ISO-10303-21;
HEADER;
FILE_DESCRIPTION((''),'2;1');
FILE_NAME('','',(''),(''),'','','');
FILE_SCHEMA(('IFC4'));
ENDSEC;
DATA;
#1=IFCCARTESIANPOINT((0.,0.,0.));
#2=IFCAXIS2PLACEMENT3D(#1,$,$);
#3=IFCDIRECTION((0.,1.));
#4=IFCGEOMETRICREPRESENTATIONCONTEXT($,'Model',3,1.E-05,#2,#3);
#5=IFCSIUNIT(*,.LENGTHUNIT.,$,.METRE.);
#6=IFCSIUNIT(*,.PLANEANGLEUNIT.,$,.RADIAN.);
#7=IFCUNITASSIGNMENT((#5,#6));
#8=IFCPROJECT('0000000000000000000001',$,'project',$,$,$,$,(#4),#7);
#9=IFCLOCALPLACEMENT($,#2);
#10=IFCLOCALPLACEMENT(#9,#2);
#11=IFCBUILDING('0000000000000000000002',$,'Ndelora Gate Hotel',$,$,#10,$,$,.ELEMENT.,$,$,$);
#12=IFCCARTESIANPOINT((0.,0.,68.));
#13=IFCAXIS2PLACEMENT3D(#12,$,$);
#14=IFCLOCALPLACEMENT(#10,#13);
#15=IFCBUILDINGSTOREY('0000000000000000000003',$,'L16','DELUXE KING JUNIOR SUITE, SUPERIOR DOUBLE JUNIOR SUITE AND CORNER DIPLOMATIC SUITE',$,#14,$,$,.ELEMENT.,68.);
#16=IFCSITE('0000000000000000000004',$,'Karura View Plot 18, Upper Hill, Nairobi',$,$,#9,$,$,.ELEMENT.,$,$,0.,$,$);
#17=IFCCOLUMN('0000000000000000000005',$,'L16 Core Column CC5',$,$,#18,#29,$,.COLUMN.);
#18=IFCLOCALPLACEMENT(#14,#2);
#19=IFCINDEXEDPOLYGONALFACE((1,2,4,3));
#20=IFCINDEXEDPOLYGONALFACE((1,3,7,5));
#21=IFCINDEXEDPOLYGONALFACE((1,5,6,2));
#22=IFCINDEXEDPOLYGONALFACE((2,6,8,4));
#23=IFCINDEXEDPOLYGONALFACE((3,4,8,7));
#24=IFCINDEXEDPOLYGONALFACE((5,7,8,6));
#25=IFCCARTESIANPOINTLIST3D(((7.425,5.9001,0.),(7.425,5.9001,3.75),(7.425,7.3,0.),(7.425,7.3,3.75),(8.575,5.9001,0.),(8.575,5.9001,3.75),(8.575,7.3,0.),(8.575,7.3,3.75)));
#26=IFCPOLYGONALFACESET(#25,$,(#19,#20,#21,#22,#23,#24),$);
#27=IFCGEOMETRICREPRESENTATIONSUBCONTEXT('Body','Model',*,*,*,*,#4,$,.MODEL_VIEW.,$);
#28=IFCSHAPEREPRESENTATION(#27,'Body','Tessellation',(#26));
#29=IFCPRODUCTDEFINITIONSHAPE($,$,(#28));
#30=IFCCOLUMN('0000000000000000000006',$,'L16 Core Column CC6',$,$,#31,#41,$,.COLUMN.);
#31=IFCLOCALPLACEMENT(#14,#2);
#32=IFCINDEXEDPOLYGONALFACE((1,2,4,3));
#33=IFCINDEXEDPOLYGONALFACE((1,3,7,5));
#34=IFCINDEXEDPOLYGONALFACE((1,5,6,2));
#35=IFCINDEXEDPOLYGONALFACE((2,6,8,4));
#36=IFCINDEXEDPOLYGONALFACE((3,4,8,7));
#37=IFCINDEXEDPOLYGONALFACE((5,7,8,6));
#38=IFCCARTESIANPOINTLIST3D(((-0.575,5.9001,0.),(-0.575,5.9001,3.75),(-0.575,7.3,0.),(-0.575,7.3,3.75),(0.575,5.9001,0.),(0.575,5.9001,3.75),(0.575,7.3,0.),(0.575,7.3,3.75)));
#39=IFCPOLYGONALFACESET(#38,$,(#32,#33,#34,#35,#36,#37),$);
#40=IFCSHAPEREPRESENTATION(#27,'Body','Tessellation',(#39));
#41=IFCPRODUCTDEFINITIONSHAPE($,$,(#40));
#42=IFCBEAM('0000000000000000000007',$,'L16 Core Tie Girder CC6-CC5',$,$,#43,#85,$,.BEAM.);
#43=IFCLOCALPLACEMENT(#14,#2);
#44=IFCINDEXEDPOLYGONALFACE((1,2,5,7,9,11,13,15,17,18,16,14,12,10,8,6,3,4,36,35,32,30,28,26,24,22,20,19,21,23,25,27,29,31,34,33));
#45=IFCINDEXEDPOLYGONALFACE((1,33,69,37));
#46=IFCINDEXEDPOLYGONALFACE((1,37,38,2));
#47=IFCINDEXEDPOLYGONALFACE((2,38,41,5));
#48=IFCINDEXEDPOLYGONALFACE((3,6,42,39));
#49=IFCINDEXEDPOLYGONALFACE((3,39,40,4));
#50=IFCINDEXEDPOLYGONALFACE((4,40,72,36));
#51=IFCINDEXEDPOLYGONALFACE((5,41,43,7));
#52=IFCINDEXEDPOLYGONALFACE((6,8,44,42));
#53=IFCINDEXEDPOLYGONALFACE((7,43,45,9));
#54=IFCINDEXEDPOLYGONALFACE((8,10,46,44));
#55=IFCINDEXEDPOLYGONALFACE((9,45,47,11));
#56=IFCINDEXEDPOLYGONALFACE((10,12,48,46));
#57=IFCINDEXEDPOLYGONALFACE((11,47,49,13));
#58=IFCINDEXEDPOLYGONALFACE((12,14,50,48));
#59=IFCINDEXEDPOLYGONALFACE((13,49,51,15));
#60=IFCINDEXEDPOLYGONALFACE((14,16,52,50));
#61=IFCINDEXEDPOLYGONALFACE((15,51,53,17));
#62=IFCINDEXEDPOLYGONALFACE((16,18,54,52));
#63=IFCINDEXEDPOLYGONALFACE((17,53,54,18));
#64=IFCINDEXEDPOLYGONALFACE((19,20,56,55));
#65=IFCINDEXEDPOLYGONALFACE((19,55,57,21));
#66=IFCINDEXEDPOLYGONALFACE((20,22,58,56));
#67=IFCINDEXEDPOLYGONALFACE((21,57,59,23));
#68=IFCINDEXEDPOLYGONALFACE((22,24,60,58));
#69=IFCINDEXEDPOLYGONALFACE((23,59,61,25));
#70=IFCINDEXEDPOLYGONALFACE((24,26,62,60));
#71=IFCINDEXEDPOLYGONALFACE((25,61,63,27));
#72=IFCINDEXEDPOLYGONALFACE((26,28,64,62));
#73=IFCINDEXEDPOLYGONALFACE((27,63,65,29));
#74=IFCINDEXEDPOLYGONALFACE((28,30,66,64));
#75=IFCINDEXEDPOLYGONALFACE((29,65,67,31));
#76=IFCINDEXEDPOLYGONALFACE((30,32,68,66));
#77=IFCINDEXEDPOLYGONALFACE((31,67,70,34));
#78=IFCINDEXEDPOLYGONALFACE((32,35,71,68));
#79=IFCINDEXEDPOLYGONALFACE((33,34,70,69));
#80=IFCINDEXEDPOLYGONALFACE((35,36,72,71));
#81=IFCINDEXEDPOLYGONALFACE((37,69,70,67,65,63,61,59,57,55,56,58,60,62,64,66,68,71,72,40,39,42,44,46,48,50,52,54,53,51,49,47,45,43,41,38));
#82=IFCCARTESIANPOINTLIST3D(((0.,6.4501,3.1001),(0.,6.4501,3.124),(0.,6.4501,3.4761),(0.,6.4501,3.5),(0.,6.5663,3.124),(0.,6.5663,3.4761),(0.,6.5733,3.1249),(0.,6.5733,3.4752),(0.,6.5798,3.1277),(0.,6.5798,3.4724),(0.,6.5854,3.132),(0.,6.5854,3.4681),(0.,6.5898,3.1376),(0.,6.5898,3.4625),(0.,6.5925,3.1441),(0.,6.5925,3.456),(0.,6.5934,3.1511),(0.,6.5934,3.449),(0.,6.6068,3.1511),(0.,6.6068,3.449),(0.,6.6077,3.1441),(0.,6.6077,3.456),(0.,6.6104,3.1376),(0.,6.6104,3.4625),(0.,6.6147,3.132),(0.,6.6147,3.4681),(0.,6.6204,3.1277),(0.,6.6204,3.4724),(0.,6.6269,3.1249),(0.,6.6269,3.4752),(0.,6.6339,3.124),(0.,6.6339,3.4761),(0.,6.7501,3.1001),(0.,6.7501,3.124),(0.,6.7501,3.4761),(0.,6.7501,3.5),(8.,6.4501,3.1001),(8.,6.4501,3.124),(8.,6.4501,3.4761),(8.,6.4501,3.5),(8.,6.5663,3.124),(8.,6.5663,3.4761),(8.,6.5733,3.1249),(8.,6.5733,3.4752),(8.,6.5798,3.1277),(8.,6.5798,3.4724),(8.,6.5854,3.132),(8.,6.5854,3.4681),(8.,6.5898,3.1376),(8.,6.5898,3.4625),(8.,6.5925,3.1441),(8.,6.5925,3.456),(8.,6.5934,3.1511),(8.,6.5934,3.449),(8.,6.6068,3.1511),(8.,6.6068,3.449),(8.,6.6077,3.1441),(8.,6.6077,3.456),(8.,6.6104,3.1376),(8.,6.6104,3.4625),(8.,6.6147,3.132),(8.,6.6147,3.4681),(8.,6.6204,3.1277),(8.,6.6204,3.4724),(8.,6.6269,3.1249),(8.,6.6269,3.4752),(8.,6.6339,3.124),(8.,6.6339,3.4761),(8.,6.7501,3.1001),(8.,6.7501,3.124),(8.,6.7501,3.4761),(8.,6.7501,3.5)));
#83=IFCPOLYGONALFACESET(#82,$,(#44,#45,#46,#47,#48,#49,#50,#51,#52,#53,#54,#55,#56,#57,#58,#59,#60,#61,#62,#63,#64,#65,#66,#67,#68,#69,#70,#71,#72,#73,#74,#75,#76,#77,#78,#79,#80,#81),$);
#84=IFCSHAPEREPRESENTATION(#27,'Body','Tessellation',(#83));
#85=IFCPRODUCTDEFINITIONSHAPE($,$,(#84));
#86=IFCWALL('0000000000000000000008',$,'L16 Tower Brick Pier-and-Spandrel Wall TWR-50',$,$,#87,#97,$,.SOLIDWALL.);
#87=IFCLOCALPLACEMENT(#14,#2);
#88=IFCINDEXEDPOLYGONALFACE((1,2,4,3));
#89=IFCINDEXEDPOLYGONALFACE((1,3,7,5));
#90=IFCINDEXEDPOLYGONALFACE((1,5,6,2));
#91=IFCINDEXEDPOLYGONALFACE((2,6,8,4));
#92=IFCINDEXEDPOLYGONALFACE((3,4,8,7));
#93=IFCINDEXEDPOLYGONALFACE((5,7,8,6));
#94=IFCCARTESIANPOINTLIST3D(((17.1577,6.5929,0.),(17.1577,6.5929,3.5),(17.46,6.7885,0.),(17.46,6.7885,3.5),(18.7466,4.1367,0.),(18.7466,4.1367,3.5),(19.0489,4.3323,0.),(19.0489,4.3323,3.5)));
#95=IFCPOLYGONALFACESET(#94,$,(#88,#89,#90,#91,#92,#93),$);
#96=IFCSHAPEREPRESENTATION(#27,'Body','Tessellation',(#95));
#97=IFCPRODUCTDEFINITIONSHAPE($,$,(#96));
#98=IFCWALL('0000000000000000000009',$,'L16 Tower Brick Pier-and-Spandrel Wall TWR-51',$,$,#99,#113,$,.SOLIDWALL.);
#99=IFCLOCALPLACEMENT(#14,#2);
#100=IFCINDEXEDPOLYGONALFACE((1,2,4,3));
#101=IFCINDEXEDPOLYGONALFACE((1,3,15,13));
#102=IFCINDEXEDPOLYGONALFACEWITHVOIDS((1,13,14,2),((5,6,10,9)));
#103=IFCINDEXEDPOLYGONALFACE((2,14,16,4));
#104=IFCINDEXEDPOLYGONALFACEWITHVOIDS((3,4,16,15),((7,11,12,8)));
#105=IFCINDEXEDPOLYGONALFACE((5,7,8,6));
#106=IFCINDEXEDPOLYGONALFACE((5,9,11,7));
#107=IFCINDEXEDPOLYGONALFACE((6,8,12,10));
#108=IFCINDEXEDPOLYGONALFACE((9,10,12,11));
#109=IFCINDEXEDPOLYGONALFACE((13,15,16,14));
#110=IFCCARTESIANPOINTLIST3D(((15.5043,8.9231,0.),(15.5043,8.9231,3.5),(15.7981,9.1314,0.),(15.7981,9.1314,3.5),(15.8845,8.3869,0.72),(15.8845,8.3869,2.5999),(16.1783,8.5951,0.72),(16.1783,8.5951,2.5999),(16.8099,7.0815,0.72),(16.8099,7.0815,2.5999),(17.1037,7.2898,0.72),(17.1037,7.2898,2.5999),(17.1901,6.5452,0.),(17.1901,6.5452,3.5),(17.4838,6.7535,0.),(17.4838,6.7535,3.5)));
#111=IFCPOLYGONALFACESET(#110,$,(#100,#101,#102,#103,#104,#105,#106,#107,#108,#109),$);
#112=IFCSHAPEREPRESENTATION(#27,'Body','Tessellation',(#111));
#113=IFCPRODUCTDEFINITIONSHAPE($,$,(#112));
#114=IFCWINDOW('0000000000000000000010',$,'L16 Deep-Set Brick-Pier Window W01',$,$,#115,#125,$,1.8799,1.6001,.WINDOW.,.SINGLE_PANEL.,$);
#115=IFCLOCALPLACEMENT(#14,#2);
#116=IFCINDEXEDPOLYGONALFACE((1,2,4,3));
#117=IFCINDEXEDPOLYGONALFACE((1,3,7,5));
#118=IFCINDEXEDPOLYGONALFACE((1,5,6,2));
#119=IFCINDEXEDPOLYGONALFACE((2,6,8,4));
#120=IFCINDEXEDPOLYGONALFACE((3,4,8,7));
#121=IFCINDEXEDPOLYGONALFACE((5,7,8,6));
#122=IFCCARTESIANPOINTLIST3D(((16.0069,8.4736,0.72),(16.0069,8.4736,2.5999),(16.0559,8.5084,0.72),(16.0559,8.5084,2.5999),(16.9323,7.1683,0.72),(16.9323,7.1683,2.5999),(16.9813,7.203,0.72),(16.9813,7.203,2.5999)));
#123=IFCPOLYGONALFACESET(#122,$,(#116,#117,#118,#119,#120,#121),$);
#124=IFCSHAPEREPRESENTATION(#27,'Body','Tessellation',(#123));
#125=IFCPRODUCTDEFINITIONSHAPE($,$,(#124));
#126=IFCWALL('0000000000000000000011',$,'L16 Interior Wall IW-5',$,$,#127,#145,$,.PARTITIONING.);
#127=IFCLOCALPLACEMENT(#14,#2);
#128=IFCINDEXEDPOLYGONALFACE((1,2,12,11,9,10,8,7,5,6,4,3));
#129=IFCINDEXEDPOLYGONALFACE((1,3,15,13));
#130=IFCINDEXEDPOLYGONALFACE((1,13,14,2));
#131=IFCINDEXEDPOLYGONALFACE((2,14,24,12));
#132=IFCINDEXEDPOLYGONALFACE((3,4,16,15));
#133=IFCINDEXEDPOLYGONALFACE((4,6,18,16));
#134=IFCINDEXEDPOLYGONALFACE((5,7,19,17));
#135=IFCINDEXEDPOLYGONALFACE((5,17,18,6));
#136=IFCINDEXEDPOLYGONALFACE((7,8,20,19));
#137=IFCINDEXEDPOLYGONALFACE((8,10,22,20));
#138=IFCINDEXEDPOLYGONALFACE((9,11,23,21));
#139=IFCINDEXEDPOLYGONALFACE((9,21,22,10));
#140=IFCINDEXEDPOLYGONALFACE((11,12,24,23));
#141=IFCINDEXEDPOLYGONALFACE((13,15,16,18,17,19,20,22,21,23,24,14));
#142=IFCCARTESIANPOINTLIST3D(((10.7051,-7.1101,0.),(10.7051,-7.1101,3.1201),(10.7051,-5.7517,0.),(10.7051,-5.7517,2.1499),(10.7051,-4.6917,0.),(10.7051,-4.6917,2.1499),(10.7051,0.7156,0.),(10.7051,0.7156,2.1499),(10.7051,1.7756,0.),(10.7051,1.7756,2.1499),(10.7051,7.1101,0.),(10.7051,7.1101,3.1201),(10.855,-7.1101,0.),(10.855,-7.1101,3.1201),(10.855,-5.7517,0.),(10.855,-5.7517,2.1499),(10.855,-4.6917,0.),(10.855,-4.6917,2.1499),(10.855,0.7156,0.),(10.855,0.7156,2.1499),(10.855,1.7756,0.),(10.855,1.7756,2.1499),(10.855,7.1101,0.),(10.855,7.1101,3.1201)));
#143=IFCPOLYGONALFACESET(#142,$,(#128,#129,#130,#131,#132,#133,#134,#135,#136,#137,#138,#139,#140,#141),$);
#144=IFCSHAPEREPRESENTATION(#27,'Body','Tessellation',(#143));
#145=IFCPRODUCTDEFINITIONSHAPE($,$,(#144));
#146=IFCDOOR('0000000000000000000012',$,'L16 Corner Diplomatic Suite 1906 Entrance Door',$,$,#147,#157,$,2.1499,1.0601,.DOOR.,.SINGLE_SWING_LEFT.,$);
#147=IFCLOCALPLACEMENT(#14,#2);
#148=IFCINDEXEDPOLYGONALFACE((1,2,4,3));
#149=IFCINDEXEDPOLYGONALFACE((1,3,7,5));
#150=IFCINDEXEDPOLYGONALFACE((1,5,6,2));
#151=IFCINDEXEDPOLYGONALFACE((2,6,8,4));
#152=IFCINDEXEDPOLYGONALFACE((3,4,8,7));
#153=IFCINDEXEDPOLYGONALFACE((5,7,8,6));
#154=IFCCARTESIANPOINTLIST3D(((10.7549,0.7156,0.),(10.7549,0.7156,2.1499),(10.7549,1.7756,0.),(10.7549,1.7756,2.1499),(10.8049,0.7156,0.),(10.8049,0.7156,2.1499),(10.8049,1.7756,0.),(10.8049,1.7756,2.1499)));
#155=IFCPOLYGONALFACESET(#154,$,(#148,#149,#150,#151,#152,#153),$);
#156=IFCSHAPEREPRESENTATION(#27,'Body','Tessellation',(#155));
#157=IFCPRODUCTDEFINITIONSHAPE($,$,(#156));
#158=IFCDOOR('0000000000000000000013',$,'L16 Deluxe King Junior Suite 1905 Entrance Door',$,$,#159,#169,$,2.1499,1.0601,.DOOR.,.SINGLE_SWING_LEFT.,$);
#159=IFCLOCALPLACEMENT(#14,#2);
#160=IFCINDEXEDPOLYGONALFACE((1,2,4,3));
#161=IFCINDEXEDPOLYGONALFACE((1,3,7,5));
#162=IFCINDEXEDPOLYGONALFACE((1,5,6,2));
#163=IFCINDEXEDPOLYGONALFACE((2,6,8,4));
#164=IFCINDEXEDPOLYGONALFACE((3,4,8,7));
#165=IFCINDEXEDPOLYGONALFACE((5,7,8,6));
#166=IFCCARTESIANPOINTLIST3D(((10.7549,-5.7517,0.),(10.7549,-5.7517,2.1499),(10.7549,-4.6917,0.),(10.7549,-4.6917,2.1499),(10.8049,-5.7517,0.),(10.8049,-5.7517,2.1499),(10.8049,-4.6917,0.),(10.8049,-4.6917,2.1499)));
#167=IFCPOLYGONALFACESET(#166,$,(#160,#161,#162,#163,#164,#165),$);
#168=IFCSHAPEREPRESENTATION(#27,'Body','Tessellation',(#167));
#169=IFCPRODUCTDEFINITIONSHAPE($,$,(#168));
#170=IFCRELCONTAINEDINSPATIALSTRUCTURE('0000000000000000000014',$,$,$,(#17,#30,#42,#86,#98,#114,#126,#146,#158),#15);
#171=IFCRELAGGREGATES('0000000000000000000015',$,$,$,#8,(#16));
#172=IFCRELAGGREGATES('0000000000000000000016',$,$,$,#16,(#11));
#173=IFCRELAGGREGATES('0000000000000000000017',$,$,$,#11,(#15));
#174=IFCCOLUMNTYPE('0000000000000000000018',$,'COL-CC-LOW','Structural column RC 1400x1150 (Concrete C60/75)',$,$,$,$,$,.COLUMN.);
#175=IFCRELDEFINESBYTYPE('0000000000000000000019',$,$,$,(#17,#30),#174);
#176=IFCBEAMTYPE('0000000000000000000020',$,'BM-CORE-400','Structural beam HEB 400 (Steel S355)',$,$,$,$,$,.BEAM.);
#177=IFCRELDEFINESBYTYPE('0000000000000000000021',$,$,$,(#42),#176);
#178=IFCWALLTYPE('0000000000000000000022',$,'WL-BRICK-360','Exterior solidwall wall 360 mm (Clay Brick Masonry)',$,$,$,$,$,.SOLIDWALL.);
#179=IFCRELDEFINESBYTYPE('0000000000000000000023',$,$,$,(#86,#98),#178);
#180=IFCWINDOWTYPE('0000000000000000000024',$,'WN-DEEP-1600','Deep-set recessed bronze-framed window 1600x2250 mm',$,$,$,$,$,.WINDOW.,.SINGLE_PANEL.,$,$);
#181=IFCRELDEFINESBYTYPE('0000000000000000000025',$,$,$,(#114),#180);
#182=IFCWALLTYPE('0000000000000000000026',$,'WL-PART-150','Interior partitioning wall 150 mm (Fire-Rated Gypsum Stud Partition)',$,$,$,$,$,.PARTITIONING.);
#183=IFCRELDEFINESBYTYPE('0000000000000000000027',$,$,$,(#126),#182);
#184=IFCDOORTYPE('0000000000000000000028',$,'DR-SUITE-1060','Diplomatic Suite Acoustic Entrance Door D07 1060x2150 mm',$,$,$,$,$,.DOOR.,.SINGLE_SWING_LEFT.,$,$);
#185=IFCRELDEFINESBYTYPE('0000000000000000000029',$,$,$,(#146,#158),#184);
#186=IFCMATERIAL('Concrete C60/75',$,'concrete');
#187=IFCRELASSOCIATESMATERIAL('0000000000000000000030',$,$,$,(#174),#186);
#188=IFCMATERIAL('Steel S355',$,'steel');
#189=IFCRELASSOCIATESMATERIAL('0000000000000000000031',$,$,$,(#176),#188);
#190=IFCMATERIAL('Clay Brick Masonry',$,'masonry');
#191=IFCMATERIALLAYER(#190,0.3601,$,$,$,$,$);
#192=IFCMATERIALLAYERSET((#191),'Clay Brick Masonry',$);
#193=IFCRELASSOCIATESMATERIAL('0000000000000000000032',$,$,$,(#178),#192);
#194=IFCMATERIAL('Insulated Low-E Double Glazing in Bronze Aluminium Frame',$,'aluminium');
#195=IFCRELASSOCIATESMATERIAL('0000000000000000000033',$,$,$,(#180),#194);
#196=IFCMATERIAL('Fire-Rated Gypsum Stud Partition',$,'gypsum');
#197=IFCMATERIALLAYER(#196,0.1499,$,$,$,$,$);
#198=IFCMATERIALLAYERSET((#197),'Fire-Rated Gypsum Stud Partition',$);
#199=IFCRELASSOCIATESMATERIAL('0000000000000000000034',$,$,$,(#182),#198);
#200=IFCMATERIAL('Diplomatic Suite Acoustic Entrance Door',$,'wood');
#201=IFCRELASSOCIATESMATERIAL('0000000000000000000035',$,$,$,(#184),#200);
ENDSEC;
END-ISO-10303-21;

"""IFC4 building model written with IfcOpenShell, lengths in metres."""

from ifc_helpers import new_model, si_unit, direction, frame, frame_2d, origin, origin_2d, place, context, subcontext, project, spatial, rectangle, i_section, extrude, material, layer, layer_set, material_profile, profile_set, type_object, element, fill, save


model = new_model("IFC4")

# Units and contexts
model_context = context("Model", 3, precision=1e-05, world=origin(), true_north=direction((0.0, 1.0)))
body_context = subcontext(model_context, "Body", "Model", "MODEL_VIEW")
ifc_project = project(units=[si_unit("LENGTHUNIT", "METRE"), si_unit("PLANEANGLEUNIT", "RADIAN")], contexts=[model_context])

# Site, building, storey
site_placement = place(None, origin())
site = spatial("IfcSite", under=ifc_project, at=site_placement, Name="Karura View Plot 18, Upper Hill, Nairobi", CompositionType="ELEMENT", RefElevation=0.0)
building_placement = place(site_placement, origin())
building = spatial("IfcBuilding", under=site, at=building_placement, Name="Ndelora Gate Hotel", CompositionType="ELEMENT")
storey_placement = place(building_placement, frame((0.0, 0.0, 68.0)))
storey = spatial("IfcBuildingStorey", under=building, at=storey_placement, Name="L16", Description="DELUXE KING JUNIOR SUITE, SUPERIOR DOUBLE JUNIOR SUITE AND CORNER DIPLOMATIC SUITE", CompositionType="ELEMENT", Elevation=68.0)

# Columns
ifc_material_1 = material(Name="Concrete C60/75", Category="concrete")
ifc_material_profile_1 = material_profile(ifc_material_1, rectangle(XDim=1.1499, YDim=1.3999, at=origin_2d()), Name="RC 1400x1150")
ifc_profile_set_1 = profile_set([ifc_material_profile_1], Name="Concrete C60/75")
column_type = type_object("IfcColumnType", Name="COL-CC-LOW", Description="Structural column RC 1400x1150 (Concrete C60/75)", PredefinedType="COLUMN", material=ifc_profile_set_1)
for number, where, z_axis, x_axis, name in (
    (1, (8.0, 6.6001, 0.0), (0.0, 0.0, 1.0), (1.0, 0.0, 0.0), "L16 Core Column CC5"),
    (2, (0.0, 6.6001, 0.0), (0.0, 0.0, 1.0), (1.0, 0.0, 0.0), "L16 Core Column CC6"),
):
    element("IfcColumn", number, at=place(storey_placement, frame(where, z_axis=z_axis, x_axis=x_axis)), inside=storey, type_object=column_type, Name=name, PredefinedType="COLUMN", context=body_context, shape_type="SweptSolid", body=[
        extrude(rectangle(XDim=1.1499, YDim=1.3999, at=origin_2d()), origin(), (0.0, 0.0, 1.0), 3.75),
    ])

# Beam
ifc_material_2 = material(Name="Steel S355", Category="steel")
ifc_material_profile_2 = material_profile(ifc_material_2, i_section(OverallWidth=0.3, OverallDepth=0.3999, WebThickness=0.0134, FlangeThickness=0.0239, FilletRadius=0.0271, at=origin_2d()), Name="HEB 400")
ifc_profile_set_2 = profile_set([ifc_material_profile_2], Name="Steel S355")
beam_type = type_object("IfcBeamType", Name="BM-CORE-400", Description="Structural beam HEB 400 (Steel S355)", PredefinedType="BEAM", material=ifc_profile_set_2)
beam_placement = place(storey_placement, frame((0.0, 6.6001, 3.3), z_axis=(1.0, 0.0, 0.0), x_axis=(0.0, 1.0, 0.0)))
element("IfcBeam", 3, at=beam_placement, inside=storey, type_object=beam_type, Name="L16 Core Tie Girder CC6-CC5", PredefinedType="BEAM", context=body_context, shape_type="SweptSolid", body=[
    extrude(i_section(OverallWidth=0.3, OverallDepth=0.3999, WebThickness=0.0134, FlangeThickness=0.0239, FilletRadius=0.0271, at=origin_2d()), origin(), (0.0, 0.0, 1.0), 8.0),
])

# Wall
ifc_material_3 = material(Name="Clay Brick Masonry", Category="masonry")
ifc_layer_1 = layer(ifc_material_3, 0.3601)
ifc_layer_set_1 = layer_set([ifc_layer_1], Name="Clay Brick Masonry")
wall_type_1 = type_object("IfcWallType", Name="WL-BRICK-360", Description="Exterior solidwall wall 360 mm (Clay Brick Masonry)", PredefinedType="SOLIDWALL", material=ifc_layer_set_1)
wall_1_placement = place(storey_placement, frame((17.3088, 6.6907, 0.0), z_axis=(0.0, 0.0, 1.0), x_axis=(0.543168, -0.839624, 0.0)))
element("IfcWall", 4, at=wall_1_placement, inside=storey, type_object=wall_type_1, Name="L16 Tower Brick Pier-and-Spandrel Wall TWR-50", PredefinedType="SOLIDWALL", context=body_context, shape_type="SweptSolid", body=[
    extrude(rectangle(XDim=2.9253, YDim=0.3601, at=frame_2d((1.4626, 0.0))), origin(), (0.0, 0.0, 1.0), 3.5),
])

# Wall, opening, window
wall_2_placement = place(storey_placement, frame((15.6511, 9.0273, 0.0), z_axis=(0.0, 0.0, 1.0), x_axis=(0.578343, -0.815794, 0.0)))
wall_2 = element("IfcWall", 5, at=wall_2_placement, inside=storey, type_object=wall_type_1, Name="L16 Tower Brick Pier-and-Spandrel Wall TWR-51", PredefinedType="SOLIDWALL", context=body_context, shape_type="SweptSolid", body=[
    extrude(rectangle(XDim=2.9148, YDim=0.3601, at=frame_2d((1.4575, 0.0))), origin(), (0.0, 0.0, 1.0), 3.5),
])
opening_1_placement = place(wall_2_placement, frame((0.6575, 0.0, 0.72)))
opening_1 = element("IfcOpeningElement", 6, at=opening_1_placement, cuts=wall_2, PredefinedType="OPENING", context=body_context, shape_type="SweptSolid", body=[
    extrude(rectangle(XDim=1.6001, YDim=1.8799, at=frame_2d((0.8, 0.9399))), frame((0.0, 0.1899, 0.0), z_axis=(0.0, -1.0, 0.0), x_axis=(1.0, 0.0, 0.0)), (0.0, 0.0, 1.0), 0.3801),
])
ifc_material_4 = material(Name="Insulated Low-E Double Glazing in Bronze Aluminium Frame", Category="aluminium")
window_type = type_object("IfcWindowType", Name="WN-DEEP-1600", Description="Deep-set recessed bronze-framed window 1600x2250 mm", PartitioningType="SINGLE_PANEL", PredefinedType="WINDOW", material=ifc_material_4)
window_placement = place(opening_1_placement, origin())
window = element("IfcWindow", 7, at=window_placement, inside=storey, type_object=window_type, Name="L16 Deep-Set Brick-Pier Window W01", OverallHeight=1.8799, OverallWidth=1.6001, PartitioningType="SINGLE_PANEL", PredefinedType="WINDOW", context=body_context, shape_type="SweptSolid", body=[
    extrude(rectangle(XDim=1.6001, YDim=1.8799, at=frame_2d((0.8, 0.9399))), frame((0.0, 0.03, 0.0), z_axis=(0.0, -1.0, 0.0), x_axis=(1.0, 0.0, 0.0)), (0.0, 0.0, 1.0), 0.0601),
])
fill(opening_1, window)

# Wall, openings, doors
ifc_material_5 = material(Name="Fire-Rated Gypsum Stud Partition", Category="gypsum")
ifc_layer_2 = layer(ifc_material_5, 0.1499)
ifc_layer_set_2 = layer_set([ifc_layer_2], Name="Fire-Rated Gypsum Stud Partition")
wall_type_2 = type_object("IfcWallType", Name="WL-PART-150", Description="Interior partitioning wall 150 mm (Fire-Rated Gypsum Stud Partition)", PredefinedType="PARTITIONING", material=ifc_layer_set_2)
wall_3_placement = place(storey_placement, frame((10.78, 7.1101, 0.0), z_axis=(0.0, 0.0, 1.0), x_axis=(0.0, -1.0, 0.0)))
wall_3 = element("IfcWall", 8, at=wall_3_placement, inside=storey, type_object=wall_type_2, Name="L16 Interior Wall IW-5", PredefinedType="PARTITIONING", context=body_context, shape_type="SweptSolid", body=[
    extrude(rectangle(XDim=14.2202, YDim=0.1499, at=frame_2d((7.1101, 0.0))), origin(), (0.0, 0.0, 1.0), 3.1201),
])
opening_2_placement = place(wall_3_placement, frame((5.3345, 0.0, 0.0)))
opening_2 = element("IfcOpeningElement", 9, at=opening_2_placement, cuts=wall_3, PredefinedType="OPENING", context=body_context, shape_type="SweptSolid", body=[
    extrude(rectangle(XDim=1.0601, YDim=2.1499, at=frame_2d((0.53, 1.075))), frame((0.0, 0.085, 0.0), z_axis=(0.0, -1.0, 0.0), x_axis=(1.0, 0.0, 0.0)), (0.0, 0.0, 1.0), 0.1699),
])
opening_3_placement = place(wall_3_placement, frame((11.8018, 0.0, 0.0)))
opening_3 = element("IfcOpeningElement", 10, at=opening_3_placement, cuts=wall_3, PredefinedType="OPENING", context=body_context, shape_type="SweptSolid", body=[
    extrude(rectangle(XDim=1.0601, YDim=2.1499, at=frame_2d((0.53, 1.075))), frame((0.0, 0.085, 0.0), z_axis=(0.0, -1.0, 0.0), x_axis=(1.0, 0.0, 0.0)), (0.0, 0.0, 1.0), 0.1699),
])
ifc_material_6 = material(Name="Diplomatic Suite Acoustic Entrance Door", Category="wood")
door_type_1 = type_object("IfcDoorType", Name="DR-SUITE-1060", Description="Diplomatic Suite Acoustic Entrance Door D07 1060x2150 mm", OperationType="SINGLE_SWING_LEFT", PredefinedType="DOOR", material=ifc_material_6)
door_1_placement = place(opening_2_placement, origin())
door_1 = element("IfcDoor", 11, at=door_1_placement, inside=storey, type_object=door_type_1, Name="L16 Corner Diplomatic Suite 1906 Entrance Door", OperationType="SINGLE_SWING_LEFT", OverallHeight=2.1499, OverallWidth=1.0601, PredefinedType="DOOR", context=body_context, shape_type="SweptSolid", body=[
    extrude(rectangle(XDim=1.0601, YDim=2.1499, at=frame_2d((0.53, 1.075))), frame((0.0, 0.0249, 0.0), z_axis=(0.0, -1.0, 0.0), x_axis=(1.0, 0.0, 0.0)), (0.0, 0.0, 1.0), 0.05),
])
fill(opening_2, door_1)
door_2_placement = place(opening_3_placement, origin())
door_2 = element("IfcDoor", 12, at=door_2_placement, inside=storey, type_object=door_type_1, Name="L16 Deluxe King Junior Suite 1905 Entrance Door", OperationType="SINGLE_SWING_LEFT", OverallHeight=2.1499, OverallWidth=1.0601, PredefinedType="DOOR", context=body_context, shape_type="SweptSolid", body=[
    extrude(rectangle(XDim=1.0601, YDim=2.1499, at=frame_2d((0.53, 1.075))), frame((0.0, 0.0249, 0.0), z_axis=(0.0, -1.0, 0.0), x_axis=(1.0, 0.0, 0.0)), (0.0, 0.0, 1.0), 0.05),
])
fill(opening_3, door_2)

save(model, "model.ifc")
